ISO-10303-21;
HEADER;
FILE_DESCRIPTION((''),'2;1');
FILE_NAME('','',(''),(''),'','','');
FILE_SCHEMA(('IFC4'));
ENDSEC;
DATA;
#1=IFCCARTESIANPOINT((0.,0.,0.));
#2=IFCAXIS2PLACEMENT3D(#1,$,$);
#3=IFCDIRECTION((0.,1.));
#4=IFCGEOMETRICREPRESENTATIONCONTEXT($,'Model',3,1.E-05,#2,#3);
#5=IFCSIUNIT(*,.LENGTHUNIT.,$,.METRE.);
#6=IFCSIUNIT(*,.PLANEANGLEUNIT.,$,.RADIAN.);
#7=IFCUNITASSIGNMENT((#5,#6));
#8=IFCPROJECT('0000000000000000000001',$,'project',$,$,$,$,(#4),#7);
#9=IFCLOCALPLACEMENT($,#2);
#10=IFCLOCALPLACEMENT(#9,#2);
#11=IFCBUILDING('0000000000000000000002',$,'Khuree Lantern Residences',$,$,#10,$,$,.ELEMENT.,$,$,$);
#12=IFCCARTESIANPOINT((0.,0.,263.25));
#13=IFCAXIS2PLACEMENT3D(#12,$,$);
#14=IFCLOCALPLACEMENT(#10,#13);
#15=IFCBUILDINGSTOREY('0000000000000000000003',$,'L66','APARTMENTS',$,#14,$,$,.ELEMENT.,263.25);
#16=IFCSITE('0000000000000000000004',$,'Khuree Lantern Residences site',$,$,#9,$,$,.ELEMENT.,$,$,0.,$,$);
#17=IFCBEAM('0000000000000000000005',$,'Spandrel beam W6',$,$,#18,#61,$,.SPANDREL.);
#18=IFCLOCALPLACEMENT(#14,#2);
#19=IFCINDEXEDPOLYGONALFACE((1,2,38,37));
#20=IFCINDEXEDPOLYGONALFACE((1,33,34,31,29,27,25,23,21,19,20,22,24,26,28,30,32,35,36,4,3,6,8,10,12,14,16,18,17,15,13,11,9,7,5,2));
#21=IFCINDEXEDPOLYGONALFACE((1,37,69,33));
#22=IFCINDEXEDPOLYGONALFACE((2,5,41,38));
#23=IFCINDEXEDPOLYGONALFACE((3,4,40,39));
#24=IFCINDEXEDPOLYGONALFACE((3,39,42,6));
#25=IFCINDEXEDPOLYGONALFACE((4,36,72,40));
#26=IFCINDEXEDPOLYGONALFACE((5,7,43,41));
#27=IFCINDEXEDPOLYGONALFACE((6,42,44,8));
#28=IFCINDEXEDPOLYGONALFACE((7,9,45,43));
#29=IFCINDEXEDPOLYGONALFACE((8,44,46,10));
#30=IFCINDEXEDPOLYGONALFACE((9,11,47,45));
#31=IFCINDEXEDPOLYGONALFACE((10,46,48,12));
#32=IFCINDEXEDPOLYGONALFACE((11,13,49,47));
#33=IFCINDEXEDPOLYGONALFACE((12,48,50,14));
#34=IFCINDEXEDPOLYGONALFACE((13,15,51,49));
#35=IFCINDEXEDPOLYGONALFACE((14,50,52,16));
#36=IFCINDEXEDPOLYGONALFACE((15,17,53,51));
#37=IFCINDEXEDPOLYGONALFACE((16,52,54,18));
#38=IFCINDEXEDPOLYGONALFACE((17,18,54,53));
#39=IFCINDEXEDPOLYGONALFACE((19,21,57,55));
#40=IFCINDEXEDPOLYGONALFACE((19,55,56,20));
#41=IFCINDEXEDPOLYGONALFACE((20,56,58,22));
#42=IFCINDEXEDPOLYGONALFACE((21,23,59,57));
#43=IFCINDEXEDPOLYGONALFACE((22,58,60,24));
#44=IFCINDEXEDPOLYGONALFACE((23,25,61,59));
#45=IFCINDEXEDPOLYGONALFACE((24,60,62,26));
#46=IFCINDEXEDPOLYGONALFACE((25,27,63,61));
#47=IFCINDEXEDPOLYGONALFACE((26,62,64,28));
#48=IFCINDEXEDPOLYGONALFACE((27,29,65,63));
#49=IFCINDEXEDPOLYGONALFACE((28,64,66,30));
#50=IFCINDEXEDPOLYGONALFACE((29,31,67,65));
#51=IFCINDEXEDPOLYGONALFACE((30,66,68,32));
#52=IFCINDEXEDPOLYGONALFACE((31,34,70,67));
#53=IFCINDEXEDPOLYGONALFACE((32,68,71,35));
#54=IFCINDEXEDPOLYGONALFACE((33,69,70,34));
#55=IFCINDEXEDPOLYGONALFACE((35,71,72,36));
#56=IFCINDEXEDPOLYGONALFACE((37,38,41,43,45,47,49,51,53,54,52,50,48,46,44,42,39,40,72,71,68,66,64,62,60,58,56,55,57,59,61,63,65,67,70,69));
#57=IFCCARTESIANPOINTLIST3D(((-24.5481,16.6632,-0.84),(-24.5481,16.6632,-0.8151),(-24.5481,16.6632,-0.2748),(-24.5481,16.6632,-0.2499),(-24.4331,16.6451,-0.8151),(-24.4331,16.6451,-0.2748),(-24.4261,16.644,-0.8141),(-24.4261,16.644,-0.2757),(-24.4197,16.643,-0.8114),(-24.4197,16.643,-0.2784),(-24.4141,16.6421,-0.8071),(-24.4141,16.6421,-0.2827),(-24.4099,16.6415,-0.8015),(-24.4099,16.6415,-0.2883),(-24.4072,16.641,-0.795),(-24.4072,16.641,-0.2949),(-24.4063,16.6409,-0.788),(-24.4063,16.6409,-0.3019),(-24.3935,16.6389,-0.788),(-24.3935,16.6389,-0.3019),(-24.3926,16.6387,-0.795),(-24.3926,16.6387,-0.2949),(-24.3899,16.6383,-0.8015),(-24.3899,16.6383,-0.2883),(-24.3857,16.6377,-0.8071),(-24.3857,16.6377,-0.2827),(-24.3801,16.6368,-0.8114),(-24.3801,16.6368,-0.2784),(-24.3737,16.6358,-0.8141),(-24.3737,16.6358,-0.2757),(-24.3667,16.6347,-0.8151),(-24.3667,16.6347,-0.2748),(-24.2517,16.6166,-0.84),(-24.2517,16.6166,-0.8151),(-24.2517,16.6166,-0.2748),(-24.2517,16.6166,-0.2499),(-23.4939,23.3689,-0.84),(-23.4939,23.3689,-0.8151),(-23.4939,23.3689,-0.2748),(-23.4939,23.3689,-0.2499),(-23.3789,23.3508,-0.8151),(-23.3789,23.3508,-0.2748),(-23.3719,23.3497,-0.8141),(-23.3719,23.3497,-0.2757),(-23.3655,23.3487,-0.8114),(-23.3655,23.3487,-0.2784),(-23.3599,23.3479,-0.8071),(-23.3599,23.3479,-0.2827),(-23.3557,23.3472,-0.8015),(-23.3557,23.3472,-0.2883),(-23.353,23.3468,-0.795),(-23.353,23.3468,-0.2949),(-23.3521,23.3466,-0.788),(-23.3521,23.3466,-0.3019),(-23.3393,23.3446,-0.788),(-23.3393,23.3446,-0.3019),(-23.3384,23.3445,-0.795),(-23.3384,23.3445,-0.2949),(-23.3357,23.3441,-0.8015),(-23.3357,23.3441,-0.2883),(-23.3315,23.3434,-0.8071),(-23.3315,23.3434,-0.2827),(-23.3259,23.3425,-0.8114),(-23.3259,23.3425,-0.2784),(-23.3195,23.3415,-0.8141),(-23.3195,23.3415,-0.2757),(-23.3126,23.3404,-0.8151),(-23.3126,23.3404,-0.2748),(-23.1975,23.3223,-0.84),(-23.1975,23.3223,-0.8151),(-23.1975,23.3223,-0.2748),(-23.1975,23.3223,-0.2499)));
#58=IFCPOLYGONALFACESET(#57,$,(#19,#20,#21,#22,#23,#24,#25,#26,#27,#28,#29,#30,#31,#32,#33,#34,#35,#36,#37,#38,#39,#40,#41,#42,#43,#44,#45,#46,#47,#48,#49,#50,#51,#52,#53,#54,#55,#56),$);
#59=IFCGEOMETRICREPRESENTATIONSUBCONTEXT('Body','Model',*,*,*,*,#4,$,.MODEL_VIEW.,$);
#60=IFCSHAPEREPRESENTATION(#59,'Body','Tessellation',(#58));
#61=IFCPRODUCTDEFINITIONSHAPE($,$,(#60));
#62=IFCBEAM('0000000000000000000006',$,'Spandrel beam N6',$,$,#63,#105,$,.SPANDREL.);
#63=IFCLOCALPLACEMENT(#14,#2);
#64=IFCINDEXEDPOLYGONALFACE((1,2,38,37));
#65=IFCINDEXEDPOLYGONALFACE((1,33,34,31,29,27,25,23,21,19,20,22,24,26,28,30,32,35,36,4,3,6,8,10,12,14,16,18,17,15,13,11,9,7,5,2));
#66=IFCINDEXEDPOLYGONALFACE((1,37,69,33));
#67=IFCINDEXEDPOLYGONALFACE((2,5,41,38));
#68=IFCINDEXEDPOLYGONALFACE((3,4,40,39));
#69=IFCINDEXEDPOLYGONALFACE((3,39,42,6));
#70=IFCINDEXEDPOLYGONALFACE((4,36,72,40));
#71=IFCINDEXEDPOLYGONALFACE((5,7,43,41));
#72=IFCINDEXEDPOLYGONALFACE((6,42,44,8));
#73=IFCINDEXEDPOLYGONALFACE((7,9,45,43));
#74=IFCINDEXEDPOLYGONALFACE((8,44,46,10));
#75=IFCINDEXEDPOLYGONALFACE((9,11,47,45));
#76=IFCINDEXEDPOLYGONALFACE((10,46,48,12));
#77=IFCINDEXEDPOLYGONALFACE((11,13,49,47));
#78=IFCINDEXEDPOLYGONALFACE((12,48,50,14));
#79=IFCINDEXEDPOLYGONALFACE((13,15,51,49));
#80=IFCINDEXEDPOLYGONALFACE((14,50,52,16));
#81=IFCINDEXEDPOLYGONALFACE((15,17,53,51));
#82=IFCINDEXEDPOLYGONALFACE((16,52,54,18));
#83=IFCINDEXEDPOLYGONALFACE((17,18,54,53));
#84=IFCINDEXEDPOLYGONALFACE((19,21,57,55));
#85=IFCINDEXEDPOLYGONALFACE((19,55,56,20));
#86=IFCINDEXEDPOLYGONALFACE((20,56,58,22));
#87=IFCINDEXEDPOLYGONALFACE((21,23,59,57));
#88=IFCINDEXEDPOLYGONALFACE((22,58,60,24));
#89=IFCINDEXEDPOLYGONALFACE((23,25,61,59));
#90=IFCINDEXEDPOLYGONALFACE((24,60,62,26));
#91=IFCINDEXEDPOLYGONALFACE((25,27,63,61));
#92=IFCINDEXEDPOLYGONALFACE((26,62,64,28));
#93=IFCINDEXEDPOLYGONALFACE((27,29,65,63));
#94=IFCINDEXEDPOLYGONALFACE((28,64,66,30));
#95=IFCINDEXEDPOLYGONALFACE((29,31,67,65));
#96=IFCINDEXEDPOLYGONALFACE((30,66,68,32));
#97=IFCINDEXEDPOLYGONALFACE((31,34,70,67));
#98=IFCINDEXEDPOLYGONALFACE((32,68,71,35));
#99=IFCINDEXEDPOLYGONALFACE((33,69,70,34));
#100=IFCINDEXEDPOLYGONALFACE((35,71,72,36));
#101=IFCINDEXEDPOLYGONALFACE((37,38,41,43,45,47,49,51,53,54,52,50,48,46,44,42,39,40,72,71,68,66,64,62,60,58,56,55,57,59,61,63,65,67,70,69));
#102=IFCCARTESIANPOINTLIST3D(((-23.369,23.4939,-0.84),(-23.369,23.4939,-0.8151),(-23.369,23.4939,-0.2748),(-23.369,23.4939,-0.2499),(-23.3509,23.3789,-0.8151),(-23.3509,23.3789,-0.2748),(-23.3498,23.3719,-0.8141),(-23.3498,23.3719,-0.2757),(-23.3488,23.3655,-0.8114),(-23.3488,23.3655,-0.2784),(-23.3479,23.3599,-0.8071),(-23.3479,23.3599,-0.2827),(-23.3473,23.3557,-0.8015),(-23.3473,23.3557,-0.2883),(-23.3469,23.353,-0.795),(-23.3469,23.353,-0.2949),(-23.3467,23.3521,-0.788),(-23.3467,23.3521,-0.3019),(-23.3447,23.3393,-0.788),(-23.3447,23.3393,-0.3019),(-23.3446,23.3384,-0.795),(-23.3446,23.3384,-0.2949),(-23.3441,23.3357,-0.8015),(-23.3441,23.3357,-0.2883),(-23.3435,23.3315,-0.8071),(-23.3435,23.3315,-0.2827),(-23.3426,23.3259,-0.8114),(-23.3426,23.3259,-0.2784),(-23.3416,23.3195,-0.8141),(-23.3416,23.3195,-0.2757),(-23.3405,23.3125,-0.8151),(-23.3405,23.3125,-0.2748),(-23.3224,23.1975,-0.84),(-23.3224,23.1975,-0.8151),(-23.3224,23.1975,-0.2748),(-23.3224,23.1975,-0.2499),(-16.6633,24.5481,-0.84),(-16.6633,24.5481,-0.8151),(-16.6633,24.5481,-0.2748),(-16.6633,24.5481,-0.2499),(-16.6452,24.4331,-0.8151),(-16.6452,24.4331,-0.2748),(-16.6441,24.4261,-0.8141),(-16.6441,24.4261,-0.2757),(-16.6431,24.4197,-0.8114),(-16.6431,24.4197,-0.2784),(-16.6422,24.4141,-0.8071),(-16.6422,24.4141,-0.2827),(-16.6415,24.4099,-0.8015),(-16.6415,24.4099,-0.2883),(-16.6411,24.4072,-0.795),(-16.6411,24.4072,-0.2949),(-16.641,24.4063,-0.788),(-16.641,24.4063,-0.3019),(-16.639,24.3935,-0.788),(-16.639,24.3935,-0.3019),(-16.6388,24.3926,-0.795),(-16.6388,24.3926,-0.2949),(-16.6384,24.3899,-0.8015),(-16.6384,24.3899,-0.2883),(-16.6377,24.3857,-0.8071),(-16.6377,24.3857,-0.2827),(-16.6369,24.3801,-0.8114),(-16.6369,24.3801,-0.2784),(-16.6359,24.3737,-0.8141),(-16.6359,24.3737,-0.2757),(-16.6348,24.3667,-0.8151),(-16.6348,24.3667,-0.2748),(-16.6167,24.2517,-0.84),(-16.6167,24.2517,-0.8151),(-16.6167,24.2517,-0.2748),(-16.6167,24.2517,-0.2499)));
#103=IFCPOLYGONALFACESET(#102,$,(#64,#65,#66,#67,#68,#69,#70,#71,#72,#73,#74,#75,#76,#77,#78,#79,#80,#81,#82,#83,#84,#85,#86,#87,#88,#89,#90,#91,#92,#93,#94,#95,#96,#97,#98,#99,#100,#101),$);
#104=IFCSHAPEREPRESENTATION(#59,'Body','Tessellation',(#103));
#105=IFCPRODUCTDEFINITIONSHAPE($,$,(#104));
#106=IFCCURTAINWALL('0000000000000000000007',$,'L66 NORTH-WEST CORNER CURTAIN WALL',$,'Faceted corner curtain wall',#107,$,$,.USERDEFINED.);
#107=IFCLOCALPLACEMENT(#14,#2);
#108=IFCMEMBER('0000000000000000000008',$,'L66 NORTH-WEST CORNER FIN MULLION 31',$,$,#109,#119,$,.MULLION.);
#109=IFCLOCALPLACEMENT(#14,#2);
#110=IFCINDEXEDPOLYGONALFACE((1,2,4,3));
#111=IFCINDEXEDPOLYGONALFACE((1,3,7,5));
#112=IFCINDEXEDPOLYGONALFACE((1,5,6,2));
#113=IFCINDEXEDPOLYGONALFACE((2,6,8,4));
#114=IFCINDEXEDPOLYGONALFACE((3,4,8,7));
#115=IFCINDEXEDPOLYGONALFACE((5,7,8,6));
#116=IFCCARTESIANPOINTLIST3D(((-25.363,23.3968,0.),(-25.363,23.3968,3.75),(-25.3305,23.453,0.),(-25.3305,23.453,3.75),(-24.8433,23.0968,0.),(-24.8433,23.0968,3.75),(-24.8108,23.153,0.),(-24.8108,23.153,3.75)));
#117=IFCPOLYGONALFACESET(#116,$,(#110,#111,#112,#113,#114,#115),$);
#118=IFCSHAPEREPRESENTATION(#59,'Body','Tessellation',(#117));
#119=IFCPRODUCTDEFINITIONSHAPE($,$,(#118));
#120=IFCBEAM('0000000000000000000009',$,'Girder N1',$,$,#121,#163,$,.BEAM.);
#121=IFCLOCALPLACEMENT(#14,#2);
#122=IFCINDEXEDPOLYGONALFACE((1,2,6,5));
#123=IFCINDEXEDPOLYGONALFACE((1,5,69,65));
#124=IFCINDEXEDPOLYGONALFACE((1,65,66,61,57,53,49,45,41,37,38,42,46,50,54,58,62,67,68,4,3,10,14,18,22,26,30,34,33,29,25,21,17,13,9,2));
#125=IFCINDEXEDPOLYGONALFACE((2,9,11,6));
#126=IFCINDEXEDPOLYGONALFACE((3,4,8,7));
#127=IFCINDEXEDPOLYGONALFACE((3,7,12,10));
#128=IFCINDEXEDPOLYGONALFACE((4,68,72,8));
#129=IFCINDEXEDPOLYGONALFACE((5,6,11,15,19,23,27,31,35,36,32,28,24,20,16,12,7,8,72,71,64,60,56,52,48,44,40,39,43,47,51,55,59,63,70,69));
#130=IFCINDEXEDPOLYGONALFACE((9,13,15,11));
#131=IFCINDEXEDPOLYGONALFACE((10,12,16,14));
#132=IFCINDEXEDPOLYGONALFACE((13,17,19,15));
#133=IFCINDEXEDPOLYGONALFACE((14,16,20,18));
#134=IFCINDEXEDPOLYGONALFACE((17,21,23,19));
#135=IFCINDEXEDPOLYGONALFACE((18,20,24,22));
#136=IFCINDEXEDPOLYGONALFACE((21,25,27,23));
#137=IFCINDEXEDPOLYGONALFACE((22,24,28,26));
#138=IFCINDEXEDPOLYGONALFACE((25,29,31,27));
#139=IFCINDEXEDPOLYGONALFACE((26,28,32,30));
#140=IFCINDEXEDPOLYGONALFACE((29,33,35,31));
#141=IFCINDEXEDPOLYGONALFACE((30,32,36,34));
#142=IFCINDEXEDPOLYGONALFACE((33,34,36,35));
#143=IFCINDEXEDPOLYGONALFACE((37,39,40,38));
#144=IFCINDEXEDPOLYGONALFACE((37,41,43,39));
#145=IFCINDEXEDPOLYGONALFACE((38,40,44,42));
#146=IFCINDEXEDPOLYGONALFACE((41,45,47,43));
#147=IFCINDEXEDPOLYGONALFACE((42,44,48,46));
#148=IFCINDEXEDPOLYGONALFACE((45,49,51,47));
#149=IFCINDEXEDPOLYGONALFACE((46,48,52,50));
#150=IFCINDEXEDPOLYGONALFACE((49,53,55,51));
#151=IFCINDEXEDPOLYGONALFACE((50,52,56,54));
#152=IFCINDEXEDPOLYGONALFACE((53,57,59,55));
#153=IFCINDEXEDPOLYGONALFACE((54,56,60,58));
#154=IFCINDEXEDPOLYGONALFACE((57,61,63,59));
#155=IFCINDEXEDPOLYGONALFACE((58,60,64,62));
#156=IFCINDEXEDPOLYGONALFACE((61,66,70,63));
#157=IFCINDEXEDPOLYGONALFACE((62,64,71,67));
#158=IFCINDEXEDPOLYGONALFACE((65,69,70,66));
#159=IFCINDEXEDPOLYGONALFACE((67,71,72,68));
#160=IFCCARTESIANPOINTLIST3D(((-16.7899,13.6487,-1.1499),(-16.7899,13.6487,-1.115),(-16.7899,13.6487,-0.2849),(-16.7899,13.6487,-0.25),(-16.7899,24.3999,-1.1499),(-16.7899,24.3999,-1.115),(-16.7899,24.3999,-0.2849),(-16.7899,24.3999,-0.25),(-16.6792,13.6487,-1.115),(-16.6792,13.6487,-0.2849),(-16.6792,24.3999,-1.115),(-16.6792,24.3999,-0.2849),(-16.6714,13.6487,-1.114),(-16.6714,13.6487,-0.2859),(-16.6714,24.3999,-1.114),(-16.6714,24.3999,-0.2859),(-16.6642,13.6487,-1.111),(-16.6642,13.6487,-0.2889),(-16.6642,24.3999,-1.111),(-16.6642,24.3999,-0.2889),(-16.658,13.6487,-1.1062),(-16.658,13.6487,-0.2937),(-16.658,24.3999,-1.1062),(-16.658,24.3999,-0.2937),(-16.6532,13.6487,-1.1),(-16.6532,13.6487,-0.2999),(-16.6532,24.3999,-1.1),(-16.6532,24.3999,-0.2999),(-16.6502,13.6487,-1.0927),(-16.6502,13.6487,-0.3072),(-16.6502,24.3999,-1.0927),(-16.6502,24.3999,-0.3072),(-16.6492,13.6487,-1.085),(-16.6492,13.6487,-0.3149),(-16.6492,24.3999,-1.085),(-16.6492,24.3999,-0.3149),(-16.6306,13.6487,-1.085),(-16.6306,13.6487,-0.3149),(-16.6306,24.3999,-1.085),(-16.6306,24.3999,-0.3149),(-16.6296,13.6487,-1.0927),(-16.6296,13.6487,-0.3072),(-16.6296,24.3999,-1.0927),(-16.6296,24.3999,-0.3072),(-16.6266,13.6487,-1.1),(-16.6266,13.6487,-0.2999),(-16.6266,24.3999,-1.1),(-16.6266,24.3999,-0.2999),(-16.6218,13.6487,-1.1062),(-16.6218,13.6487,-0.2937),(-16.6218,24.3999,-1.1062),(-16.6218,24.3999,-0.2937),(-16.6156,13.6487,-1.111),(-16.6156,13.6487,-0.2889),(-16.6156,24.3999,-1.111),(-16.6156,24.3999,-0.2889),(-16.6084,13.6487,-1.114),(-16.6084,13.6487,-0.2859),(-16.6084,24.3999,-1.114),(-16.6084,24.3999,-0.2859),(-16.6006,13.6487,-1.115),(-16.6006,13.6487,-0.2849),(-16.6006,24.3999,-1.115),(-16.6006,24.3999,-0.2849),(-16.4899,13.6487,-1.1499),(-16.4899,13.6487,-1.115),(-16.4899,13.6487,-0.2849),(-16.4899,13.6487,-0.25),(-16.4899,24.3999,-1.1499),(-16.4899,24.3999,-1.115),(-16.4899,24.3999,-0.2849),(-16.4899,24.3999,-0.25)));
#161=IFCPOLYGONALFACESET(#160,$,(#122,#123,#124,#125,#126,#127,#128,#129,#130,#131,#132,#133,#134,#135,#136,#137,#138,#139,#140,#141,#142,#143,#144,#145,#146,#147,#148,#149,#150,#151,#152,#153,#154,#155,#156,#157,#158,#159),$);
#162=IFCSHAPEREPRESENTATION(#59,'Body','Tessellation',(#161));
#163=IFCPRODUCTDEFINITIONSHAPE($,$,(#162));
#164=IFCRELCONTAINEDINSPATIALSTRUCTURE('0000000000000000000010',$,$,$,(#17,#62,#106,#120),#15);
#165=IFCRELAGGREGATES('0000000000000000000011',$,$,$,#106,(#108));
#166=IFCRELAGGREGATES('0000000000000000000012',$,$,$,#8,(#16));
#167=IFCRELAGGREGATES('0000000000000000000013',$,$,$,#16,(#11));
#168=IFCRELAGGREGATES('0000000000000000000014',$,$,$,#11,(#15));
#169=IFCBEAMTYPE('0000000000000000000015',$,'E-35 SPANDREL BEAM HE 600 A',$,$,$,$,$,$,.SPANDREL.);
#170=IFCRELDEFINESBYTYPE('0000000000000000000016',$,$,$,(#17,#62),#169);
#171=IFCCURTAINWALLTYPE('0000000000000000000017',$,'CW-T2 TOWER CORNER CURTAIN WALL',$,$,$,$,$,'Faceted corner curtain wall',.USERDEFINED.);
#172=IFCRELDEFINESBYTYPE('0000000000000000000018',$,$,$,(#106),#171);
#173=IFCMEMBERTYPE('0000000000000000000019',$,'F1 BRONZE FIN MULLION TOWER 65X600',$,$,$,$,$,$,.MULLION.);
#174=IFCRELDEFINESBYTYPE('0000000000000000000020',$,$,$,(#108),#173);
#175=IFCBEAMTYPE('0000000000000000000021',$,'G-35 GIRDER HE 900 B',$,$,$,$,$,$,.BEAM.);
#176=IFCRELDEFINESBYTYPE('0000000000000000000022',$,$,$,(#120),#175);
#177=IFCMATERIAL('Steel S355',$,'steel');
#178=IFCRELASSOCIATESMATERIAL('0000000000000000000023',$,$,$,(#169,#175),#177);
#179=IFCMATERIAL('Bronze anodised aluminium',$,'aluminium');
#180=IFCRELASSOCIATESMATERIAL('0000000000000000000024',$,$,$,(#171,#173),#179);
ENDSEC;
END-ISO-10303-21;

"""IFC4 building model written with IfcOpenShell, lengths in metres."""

from ifc_helpers import new_model, si_unit, direction, frame, origin, origin_2d, place, context, subcontext, project, spatial, rectangle, i_section, extrude, material, material_profile, profile_set, type_object, element, aggregate, save


model = new_model("IFC4")

# Units and contexts
model_context = context("Model", 3, precision=1e-05, world=origin(), true_north=direction((0.0, 1.0)))
body_context = subcontext(model_context, "Body", "Model", "MODEL_VIEW")
ifc_project = project(units=[si_unit("LENGTHUNIT", "METRE"), si_unit("PLANEANGLEUNIT", "RADIAN")], contexts=[model_context])

# Site, building, storey
site_placement = place(None, origin())
site = spatial("IfcSite", under=ifc_project, at=site_placement, Name="Khuree Lantern Residences site", CompositionType="ELEMENT", RefElevation=0.0)
building_placement = place(site_placement, origin())
building = spatial("IfcBuilding", under=site, at=building_placement, Name="Khuree Lantern Residences", CompositionType="ELEMENT")
storey_placement = place(building_placement, frame((0.0, 0.0, 263.25)))
storey = spatial("IfcBuildingStorey", under=building, at=storey_placement, Name="L66", Description="APARTMENTS", CompositionType="ELEMENT", Elevation=263.25)

# Beams
ifc_material_1 = material(Name="Steel S355", Category="steel")
ifc_material_profile_1 = material_profile(ifc_material_1, i_section(OverallWidth=0.3, OverallDepth=0.5901, WebThickness=0.0129, FlangeThickness=0.0249, FilletRadius=0.0271, at=origin_2d()), Name="HE 600 A")
ifc_profile_set_1 = profile_set([ifc_material_profile_1], Name="Steel S355")
beam_type_1 = type_object("IfcBeamType", Name="E-35 SPANDREL BEAM HE 600 A", PredefinedType="SPANDREL", material=ifc_profile_set_1)
for number, where, z_axis, x_axis, name in (
    (1, (-24.3999, 16.6399, -0.5449), (0.1553, 0.987867, 0.0), (-0.987867, 0.1553, 0.0), "Spandrel beam W6"),
    (2, (-23.3457, 23.3457, -0.5449), (0.987867, 0.1553, 0.0), (-0.1553, 0.987867, 0.0), "Spandrel beam N6"),
):
    element("IfcBeam", number, at=place(storey_placement, frame(where, z_axis=z_axis, x_axis=x_axis)), inside=storey, type_object=beam_type_1, Name=name, PredefinedType="SPANDREL", context=body_context, shape_type="SweptSolid", body=[
        extrude(i_section(OverallWidth=0.3, OverallDepth=0.5901, WebThickness=0.0129, FlangeThickness=0.0249, FilletRadius=0.0271, at=origin_2d()), origin(), (0.0, 0.0, 1.0), 6.7881),
    ])

# Curtain wall, member
ifc_material_2 = material(Name="Bronze anodised aluminium", Category="aluminium")
curtain_wall_type_1 = type_object("IfcCurtainWallType", Name="CW-T2 TOWER CORNER CURTAIN WALL", ElementType="Faceted corner curtain wall", PredefinedType="USERDEFINED", material=ifc_material_2)
curtain_wall_1_placement = place(storey_placement, origin())
curtain_wall_1 = element("IfcCurtainWall", 3, at=curtain_wall_1_placement, inside=storey, type_object=curtain_wall_type_1, Name="L66 NORTH-WEST CORNER CURTAIN WALL", ObjectType="Faceted corner curtain wall", PredefinedType="USERDEFINED")
ifc_material_profile_2 = material_profile(ifc_material_2, rectangle(XDim=0.0649, YDim=0.6001, at=origin_2d()), Name="F1 65X600")
ifc_profile_set_2 = profile_set([ifc_material_profile_2], Name="Bronze anodised aluminium")
member_type_1 = type_object("IfcMemberType", Name="F1 BRONZE FIN MULLION TOWER 65X600", PredefinedType="MULLION", material=ifc_profile_set_2)
member_1_placement = place(storey_placement, frame((-25.0869, 23.2749, 0.0), z_axis=(0.0, 0.0, 1.0), x_axis=(-0.5, -0.866025, 0.0)))
member_1 = element("IfcMember", 4, at=member_1_placement, type_object=member_type_1, Name="L66 NORTH-WEST CORNER FIN MULLION 31", PredefinedType="MULLION", context=body_context, shape_type="SweptSolid", body=[
    extrude(rectangle(XDim=0.0649, YDim=0.6001, at=origin_2d()), origin(), (0.0, 0.0, 1.0), 3.75),
])

# Beam
ifc_material_profile_3 = material_profile(ifc_material_1, i_section(OverallWidth=0.3, OverallDepth=0.8999, WebThickness=0.0186, FlangeThickness=0.0349, FilletRadius=0.03, at=origin_2d()), Name="HE 900 B")
ifc_profile_set_3 = profile_set([ifc_material_profile_3], Name="Steel S355")
beam_type_2 = type_object("IfcBeamType", Name="G-35 GIRDER HE 900 B", PredefinedType="BEAM", material=ifc_profile_set_3)
beam_1_placement = place(storey_placement, frame((-16.6399, 24.3999, -0.7), z_axis=(0.0, -1.0, 0.0), x_axis=(1.0, 0.0, 0.0)))
element("IfcBeam", 5, at=beam_1_placement, inside=storey, type_object=beam_type_2, Name="Girder N1", PredefinedType="BEAM", context=body_context, shape_type="SweptSolid", body=[
    extrude(i_section(OverallWidth=0.3, OverallDepth=0.8999, WebThickness=0.0186, FlangeThickness=0.0349, FilletRadius=0.03, at=origin_2d()), origin(), (0.0, 0.0, 1.0), 10.7512),
])

aggregate(curtain_wall_1, [member_1])

save(model, "model.ifc")
